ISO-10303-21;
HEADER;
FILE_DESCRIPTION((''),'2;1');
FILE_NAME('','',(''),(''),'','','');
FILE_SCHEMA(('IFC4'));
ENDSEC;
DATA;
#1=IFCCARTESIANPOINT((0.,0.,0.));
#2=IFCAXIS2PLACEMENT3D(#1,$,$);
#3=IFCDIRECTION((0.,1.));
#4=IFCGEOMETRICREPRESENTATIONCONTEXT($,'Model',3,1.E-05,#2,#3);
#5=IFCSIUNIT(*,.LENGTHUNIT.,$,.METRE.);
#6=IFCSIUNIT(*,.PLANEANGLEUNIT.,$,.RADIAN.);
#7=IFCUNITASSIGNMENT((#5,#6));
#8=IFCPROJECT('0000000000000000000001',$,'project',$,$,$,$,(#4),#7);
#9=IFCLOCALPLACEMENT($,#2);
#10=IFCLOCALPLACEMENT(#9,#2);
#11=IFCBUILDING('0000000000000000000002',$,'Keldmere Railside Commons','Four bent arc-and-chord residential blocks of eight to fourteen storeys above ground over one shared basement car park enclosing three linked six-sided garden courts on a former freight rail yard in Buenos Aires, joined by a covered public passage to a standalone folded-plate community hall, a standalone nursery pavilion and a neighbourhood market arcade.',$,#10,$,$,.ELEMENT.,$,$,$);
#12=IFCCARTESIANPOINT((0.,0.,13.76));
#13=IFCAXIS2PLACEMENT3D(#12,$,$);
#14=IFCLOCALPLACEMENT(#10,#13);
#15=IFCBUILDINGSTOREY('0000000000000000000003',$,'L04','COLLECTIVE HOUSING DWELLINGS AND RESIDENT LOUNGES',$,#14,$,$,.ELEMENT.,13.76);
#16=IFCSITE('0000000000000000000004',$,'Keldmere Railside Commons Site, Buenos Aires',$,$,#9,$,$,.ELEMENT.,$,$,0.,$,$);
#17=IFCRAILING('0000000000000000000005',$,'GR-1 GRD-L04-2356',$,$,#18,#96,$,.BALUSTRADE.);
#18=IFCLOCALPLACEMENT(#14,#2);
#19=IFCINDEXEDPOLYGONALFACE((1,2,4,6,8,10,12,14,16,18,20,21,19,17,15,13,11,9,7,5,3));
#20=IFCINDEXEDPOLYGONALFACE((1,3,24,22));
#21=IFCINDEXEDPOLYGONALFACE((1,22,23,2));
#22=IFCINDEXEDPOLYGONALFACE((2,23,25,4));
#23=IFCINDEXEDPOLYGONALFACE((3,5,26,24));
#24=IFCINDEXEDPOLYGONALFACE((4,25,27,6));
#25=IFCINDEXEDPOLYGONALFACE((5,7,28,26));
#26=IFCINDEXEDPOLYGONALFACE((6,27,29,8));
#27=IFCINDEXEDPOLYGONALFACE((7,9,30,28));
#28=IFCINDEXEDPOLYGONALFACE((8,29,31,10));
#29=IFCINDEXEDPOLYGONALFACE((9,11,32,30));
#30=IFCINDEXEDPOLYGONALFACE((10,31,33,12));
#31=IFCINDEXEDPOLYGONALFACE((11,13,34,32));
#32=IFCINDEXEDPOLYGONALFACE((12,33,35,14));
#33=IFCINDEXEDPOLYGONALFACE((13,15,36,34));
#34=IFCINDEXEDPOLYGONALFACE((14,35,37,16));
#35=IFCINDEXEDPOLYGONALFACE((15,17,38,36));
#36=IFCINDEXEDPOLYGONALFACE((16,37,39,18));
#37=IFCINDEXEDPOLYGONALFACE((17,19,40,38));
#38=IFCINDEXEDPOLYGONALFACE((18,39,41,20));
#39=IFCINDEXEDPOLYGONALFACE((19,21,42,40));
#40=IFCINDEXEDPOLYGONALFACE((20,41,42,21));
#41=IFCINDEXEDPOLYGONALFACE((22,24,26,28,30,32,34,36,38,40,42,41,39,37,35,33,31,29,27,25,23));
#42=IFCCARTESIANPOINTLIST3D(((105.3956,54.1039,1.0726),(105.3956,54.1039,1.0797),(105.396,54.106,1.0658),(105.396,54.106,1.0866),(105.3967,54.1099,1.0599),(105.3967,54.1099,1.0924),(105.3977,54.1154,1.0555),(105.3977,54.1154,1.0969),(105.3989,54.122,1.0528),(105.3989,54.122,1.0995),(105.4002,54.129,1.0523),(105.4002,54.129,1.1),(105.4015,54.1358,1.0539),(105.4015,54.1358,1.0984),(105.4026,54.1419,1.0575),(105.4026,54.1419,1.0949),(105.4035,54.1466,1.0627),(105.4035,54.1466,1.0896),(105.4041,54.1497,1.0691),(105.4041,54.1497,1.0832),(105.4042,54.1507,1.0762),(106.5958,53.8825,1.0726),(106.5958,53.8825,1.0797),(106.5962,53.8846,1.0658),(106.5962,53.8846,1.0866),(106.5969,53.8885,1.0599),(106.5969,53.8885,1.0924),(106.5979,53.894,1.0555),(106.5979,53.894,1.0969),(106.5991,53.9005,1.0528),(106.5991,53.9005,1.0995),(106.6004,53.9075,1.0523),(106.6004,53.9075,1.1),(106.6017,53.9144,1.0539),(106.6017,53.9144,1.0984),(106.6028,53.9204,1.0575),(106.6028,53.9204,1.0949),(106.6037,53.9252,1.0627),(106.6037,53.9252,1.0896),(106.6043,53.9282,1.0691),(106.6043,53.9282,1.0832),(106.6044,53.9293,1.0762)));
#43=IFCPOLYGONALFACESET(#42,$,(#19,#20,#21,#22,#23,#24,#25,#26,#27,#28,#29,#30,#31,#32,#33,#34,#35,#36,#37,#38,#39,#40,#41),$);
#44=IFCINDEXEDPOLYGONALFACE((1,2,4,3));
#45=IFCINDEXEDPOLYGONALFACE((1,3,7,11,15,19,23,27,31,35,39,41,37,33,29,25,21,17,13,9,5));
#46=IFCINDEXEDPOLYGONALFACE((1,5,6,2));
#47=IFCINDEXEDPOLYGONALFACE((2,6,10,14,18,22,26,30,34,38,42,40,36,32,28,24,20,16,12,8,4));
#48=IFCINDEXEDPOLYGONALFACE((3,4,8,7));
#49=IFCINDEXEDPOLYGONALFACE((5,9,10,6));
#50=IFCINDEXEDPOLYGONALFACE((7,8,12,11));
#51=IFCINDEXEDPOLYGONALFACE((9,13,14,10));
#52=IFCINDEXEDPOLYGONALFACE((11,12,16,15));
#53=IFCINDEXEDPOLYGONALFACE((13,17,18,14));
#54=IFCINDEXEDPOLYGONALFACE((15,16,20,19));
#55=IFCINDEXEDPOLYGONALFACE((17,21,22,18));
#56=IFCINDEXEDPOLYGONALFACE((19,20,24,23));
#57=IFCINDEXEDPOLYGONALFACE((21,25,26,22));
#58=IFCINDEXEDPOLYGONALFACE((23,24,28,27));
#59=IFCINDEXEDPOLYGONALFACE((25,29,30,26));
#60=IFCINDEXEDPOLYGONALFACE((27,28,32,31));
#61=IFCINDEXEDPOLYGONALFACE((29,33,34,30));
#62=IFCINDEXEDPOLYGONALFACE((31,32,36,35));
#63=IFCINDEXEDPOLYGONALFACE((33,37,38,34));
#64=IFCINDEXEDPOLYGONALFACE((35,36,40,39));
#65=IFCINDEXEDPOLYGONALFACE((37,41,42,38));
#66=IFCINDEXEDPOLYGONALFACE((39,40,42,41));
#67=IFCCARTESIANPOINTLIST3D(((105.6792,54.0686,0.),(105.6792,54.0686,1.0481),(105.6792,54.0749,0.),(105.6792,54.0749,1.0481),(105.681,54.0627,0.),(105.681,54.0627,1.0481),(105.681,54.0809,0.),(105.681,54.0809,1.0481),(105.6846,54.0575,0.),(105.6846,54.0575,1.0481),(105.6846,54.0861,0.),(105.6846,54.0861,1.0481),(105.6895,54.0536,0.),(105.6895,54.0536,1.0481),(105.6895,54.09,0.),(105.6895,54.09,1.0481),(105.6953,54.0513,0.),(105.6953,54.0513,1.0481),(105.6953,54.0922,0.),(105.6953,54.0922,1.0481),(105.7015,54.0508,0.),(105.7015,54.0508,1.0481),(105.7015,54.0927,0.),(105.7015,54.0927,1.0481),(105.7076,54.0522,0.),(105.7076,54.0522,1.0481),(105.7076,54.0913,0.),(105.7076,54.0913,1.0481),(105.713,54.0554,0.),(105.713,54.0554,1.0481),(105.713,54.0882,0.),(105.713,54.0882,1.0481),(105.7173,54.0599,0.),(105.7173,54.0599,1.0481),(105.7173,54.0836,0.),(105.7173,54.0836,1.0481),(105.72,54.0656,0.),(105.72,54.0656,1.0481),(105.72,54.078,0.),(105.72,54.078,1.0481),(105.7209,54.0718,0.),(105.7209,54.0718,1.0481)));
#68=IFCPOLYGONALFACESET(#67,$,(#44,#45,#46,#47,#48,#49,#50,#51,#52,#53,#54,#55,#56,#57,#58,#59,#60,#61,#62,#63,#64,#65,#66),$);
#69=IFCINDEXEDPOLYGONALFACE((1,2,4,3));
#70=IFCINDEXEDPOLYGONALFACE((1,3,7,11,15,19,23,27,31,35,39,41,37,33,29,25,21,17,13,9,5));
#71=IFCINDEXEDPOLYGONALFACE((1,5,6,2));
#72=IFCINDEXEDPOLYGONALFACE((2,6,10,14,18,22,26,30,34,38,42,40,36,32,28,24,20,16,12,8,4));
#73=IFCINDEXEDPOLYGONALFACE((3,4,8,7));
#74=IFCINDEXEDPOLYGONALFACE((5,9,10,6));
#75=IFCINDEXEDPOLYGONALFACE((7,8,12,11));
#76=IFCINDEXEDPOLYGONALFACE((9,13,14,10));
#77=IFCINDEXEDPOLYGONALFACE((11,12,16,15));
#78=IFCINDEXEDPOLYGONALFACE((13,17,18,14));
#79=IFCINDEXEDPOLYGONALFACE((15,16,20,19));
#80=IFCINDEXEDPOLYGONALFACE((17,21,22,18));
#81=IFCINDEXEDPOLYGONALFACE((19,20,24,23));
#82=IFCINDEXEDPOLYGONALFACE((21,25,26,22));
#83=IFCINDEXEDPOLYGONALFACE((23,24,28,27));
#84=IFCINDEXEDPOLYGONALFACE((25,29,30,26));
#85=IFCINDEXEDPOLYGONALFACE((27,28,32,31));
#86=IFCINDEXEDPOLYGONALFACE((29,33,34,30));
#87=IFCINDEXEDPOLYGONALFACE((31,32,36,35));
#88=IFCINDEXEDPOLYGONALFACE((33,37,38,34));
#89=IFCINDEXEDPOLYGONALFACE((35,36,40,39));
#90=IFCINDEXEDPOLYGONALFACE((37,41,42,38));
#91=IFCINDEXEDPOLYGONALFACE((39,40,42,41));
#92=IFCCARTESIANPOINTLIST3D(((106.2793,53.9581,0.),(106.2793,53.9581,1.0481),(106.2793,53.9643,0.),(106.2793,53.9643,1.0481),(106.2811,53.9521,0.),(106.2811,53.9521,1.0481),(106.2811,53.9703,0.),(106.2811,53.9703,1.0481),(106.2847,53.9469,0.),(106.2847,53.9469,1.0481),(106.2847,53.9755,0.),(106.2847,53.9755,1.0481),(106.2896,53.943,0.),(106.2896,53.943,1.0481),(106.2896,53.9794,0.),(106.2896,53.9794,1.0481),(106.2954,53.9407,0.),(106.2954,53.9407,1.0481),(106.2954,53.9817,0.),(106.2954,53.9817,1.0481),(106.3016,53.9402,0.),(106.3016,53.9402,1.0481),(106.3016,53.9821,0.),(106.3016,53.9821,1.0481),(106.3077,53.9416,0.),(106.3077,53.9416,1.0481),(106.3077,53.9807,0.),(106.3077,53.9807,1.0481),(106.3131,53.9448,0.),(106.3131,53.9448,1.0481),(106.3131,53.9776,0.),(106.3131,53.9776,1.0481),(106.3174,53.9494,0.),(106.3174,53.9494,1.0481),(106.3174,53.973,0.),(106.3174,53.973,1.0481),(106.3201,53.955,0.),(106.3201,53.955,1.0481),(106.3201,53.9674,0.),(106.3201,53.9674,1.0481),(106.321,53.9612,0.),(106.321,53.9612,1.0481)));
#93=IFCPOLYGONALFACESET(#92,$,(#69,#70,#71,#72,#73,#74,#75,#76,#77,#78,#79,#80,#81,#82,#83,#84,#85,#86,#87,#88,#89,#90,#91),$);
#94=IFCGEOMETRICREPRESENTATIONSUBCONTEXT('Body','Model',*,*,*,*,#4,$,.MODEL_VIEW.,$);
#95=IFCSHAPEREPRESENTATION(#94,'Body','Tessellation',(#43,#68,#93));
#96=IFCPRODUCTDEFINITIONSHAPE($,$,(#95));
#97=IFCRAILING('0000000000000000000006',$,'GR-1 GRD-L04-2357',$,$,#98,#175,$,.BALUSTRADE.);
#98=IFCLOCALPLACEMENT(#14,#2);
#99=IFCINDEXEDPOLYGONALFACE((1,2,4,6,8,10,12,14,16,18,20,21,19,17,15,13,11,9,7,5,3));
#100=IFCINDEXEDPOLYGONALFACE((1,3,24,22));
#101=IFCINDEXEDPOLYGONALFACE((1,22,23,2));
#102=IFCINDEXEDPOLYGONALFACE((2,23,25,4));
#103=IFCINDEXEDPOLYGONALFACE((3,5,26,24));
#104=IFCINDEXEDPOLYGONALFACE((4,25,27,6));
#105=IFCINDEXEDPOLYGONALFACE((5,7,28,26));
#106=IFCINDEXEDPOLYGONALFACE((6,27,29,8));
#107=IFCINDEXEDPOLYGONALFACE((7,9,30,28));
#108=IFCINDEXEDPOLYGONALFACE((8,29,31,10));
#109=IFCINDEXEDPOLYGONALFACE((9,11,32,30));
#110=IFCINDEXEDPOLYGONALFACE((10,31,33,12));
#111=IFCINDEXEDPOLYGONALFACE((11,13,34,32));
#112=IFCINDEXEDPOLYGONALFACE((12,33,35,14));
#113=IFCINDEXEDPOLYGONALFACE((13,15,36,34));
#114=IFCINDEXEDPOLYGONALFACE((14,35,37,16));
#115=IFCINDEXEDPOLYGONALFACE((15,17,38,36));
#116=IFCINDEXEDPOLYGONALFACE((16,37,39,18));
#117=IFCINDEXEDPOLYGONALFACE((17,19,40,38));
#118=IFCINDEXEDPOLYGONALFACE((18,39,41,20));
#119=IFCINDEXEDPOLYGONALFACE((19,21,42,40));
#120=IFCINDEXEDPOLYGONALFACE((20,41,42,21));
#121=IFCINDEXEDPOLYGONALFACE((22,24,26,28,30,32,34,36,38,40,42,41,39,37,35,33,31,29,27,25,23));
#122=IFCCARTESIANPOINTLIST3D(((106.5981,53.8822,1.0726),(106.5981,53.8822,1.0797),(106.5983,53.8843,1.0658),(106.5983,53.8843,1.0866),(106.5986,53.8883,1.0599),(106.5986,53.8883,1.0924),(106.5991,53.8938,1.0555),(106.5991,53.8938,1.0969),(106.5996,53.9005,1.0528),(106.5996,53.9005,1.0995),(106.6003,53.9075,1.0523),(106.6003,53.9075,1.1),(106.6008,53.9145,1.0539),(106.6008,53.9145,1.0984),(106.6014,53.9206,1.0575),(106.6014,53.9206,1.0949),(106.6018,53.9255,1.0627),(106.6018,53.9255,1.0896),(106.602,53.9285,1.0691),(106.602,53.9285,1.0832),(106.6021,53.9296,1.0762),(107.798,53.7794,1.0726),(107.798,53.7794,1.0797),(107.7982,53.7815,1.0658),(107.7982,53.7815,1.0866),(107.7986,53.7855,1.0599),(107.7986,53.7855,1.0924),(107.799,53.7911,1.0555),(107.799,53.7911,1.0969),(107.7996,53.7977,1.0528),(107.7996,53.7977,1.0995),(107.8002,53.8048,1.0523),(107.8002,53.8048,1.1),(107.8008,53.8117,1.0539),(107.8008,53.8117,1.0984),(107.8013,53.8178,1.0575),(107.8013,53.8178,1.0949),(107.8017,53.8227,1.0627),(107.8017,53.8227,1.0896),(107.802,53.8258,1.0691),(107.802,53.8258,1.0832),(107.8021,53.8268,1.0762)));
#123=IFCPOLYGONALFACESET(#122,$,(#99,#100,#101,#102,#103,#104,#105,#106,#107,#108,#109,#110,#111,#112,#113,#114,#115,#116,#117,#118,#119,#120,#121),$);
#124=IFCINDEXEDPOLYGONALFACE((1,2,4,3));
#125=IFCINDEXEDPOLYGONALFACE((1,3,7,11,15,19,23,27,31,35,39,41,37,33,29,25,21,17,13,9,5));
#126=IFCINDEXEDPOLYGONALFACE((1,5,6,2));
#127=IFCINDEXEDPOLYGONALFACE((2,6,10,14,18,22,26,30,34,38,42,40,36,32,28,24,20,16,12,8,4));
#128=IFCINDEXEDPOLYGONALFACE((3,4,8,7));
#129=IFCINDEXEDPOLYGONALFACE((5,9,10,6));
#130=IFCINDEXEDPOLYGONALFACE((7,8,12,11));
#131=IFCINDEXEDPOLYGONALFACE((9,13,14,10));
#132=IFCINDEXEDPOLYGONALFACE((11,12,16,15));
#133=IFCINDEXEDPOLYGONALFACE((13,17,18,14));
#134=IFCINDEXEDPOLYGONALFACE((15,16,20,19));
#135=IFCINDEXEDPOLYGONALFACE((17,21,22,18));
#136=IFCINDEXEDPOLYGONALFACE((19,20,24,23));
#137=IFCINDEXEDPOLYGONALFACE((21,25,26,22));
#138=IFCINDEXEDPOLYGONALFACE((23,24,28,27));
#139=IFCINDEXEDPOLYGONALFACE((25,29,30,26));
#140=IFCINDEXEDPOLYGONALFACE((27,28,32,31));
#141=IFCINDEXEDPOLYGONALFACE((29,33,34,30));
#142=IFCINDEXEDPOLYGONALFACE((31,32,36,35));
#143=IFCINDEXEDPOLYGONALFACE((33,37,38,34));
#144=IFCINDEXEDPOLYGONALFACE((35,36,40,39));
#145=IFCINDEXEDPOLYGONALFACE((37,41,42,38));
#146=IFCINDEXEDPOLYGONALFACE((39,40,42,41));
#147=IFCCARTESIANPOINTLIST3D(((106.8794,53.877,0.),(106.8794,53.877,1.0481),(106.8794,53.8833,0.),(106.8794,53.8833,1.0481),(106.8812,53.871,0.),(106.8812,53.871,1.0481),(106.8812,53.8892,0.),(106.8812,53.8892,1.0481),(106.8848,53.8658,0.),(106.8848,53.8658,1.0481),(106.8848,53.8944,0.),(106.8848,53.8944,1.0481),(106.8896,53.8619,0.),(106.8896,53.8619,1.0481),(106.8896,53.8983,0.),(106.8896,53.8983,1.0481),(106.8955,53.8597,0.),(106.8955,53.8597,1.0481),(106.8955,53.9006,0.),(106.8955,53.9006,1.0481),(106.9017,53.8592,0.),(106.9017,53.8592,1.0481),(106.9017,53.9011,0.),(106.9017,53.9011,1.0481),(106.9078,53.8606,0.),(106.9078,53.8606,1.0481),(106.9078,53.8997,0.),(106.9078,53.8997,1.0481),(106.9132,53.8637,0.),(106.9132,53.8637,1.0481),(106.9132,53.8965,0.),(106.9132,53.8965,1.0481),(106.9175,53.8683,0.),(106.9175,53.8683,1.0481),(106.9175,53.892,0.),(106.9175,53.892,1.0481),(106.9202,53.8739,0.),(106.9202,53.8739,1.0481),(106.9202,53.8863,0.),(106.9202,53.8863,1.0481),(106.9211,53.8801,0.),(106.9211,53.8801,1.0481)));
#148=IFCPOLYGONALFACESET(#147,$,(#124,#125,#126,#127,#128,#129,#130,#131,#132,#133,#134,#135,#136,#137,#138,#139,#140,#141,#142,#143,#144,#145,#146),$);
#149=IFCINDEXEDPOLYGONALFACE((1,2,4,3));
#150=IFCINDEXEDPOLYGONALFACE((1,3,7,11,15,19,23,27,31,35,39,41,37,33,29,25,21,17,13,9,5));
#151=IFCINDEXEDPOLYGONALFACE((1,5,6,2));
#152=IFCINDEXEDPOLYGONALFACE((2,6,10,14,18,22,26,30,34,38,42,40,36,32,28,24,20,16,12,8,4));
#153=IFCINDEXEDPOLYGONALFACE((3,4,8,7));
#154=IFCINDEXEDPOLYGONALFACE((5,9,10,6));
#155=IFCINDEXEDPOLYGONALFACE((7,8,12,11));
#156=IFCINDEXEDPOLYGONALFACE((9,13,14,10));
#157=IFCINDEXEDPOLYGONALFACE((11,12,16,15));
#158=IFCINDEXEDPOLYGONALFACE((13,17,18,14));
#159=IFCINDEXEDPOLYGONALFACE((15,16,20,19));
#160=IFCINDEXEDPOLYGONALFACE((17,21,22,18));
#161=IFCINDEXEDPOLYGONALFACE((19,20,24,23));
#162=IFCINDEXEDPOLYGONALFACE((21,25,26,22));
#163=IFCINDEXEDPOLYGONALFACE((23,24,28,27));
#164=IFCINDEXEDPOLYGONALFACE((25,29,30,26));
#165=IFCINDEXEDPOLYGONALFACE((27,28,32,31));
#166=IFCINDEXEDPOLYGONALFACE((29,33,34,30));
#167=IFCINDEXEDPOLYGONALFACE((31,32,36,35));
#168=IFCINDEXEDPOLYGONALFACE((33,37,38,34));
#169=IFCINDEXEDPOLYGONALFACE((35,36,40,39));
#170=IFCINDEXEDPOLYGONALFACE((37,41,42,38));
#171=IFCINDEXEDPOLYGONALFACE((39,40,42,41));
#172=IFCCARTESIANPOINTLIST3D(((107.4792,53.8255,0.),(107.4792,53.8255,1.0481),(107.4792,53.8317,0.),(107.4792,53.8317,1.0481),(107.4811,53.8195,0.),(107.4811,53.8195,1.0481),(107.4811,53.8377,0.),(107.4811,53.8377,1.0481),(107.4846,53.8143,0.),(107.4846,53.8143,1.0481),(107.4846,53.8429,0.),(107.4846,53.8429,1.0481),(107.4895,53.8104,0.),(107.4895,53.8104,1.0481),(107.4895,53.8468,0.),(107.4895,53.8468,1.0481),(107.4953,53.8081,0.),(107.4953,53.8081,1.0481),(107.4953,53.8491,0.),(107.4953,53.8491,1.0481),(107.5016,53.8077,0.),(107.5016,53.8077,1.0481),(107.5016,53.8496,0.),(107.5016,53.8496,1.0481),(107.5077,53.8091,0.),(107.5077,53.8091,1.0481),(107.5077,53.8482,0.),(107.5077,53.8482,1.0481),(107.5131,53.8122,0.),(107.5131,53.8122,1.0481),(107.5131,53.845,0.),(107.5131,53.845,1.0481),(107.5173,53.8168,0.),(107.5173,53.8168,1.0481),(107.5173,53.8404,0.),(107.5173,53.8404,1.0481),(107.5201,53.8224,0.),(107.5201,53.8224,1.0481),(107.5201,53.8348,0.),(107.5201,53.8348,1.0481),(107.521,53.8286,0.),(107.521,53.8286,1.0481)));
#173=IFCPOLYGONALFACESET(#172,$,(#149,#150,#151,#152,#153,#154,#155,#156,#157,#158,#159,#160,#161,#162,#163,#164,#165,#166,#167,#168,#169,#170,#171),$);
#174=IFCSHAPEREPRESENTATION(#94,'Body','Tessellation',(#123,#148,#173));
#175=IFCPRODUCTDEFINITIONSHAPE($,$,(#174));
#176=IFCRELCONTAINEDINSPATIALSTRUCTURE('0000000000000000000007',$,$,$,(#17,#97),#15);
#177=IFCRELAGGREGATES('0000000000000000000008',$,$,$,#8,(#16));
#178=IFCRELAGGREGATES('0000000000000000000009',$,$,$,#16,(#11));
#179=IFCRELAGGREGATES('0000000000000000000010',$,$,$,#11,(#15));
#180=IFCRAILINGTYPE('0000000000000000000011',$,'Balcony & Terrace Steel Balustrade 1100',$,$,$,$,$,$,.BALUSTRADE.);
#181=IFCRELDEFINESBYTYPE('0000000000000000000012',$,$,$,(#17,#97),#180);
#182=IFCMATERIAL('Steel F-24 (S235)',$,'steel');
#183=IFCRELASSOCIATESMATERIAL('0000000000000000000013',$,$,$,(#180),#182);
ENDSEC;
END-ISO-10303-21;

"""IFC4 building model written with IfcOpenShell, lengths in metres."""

from ifc_helpers import new_model, si_unit, direction, frame, origin, origin_2d, place, context, subcontext, project, spatial, circle, extrude, material, type_object, element, save


model = new_model("IFC4")

# Units and contexts
model_context = context("Model", 3, precision=1e-05, world=origin(), true_north=direction((0.0, 1.0)))
body_context = subcontext(model_context, "Body", "Model", "MODEL_VIEW")
ifc_project = project(units=[si_unit("LENGTHUNIT", "METRE"), si_unit("PLANEANGLEUNIT", "RADIAN")], contexts=[model_context])

# Site, building, storey
site_placement = place(None, origin())
site = spatial("IfcSite", under=ifc_project, at=site_placement, Name="Keldmere Railside Commons Site, Buenos Aires", CompositionType="ELEMENT", RefElevation=0.0)
building_placement = place(site_placement, origin())
building = spatial("IfcBuilding", under=site, at=building_placement, Name="Keldmere Railside Commons", Description="Four bent arc-and-chord residential blocks of eight to fourteen storeys above ground over one shared basement car park enclosing three linked six-sided garden courts on a former freight rail yard in Buenos Aires, joined by a covered public passage to a standalone folded-plate community hall, a standalone nursery pavilion and a neighbourhood market arcade.", CompositionType="ELEMENT")
storey_placement = place(building_placement, frame((0.0, 0.0, 13.76)))
storey = spatial("IfcBuildingStorey", under=building, at=storey_placement, Name="L04", Description="COLLECTIVE HOUSING DWELLINGS AND RESIDENT LOUNGES", CompositionType="ELEMENT", Elevation=13.76)

# Railings
ifc_material_1 = material(Name="Steel F-24 (S235)", Category="steel")
railing_type = type_object("IfcRailingType", Name="Balcony & Terrace Steel Balustrade 1100", PredefinedType="BALUSTRADE", material=ifc_material_1)
railing_1_placement = place(storey_placement, frame((105.3999, 54.1272, 0.0)))
element("IfcRailing", 1, at=railing_1_placement, inside=storey, type_object=railing_type, Name="GR-1 GRD-L04-2356", PredefinedType="BALUSTRADE", context=body_context, shape_type="SweptSolid", body=[
    extrude(circle(Radius=0.0239, at=origin_2d()), frame((0.0, 0.0, 1.0762), z_axis=(0.983403, -0.181437, 0.0), x_axis=(0.181437, 0.983403, 0.0)), (0.0, 0.0, 1.0), 1.2205),
    extrude(circle(Radius=0.021, at=origin_2d()), frame((0.3, -0.0554, 0.0)), (0.0, 0.0, 1.0), 1.0481),
    extrude(circle(Radius=0.021, at=origin_2d()), frame((0.9001, -0.166, 0.0)), (0.0, 0.0, 1.0), 1.0481),
])
railing_2_placement = place(storey_placement, frame((106.6001, 53.9058, 0.0)))
element("IfcRailing", 2, at=railing_2_placement, inside=storey, type_object=railing_type, Name="GR-1 GRD-L04-2357", PredefinedType="BALUSTRADE", context=body_context, shape_type="SweptSolid", body=[
    extrude(circle(Radius=0.0239, at=origin_2d()), frame((0.0, 0.0, 1.0762), z_axis=(0.996352, -0.085344, 0.0), x_axis=(0.085344, 0.996352, 0.0)), (0.0, 0.0, 1.0), 1.2043),
    extrude(circle(Radius=0.021, at=origin_2d()), frame((0.3, -0.0256, 0.0)), (0.0, 0.0, 1.0), 1.0481),
    extrude(circle(Radius=0.021, at=origin_2d()), frame((0.8999, -0.0771, 0.0)), (0.0, 0.0, 1.0), 1.0481),
])

save(model, "model.ifc")
